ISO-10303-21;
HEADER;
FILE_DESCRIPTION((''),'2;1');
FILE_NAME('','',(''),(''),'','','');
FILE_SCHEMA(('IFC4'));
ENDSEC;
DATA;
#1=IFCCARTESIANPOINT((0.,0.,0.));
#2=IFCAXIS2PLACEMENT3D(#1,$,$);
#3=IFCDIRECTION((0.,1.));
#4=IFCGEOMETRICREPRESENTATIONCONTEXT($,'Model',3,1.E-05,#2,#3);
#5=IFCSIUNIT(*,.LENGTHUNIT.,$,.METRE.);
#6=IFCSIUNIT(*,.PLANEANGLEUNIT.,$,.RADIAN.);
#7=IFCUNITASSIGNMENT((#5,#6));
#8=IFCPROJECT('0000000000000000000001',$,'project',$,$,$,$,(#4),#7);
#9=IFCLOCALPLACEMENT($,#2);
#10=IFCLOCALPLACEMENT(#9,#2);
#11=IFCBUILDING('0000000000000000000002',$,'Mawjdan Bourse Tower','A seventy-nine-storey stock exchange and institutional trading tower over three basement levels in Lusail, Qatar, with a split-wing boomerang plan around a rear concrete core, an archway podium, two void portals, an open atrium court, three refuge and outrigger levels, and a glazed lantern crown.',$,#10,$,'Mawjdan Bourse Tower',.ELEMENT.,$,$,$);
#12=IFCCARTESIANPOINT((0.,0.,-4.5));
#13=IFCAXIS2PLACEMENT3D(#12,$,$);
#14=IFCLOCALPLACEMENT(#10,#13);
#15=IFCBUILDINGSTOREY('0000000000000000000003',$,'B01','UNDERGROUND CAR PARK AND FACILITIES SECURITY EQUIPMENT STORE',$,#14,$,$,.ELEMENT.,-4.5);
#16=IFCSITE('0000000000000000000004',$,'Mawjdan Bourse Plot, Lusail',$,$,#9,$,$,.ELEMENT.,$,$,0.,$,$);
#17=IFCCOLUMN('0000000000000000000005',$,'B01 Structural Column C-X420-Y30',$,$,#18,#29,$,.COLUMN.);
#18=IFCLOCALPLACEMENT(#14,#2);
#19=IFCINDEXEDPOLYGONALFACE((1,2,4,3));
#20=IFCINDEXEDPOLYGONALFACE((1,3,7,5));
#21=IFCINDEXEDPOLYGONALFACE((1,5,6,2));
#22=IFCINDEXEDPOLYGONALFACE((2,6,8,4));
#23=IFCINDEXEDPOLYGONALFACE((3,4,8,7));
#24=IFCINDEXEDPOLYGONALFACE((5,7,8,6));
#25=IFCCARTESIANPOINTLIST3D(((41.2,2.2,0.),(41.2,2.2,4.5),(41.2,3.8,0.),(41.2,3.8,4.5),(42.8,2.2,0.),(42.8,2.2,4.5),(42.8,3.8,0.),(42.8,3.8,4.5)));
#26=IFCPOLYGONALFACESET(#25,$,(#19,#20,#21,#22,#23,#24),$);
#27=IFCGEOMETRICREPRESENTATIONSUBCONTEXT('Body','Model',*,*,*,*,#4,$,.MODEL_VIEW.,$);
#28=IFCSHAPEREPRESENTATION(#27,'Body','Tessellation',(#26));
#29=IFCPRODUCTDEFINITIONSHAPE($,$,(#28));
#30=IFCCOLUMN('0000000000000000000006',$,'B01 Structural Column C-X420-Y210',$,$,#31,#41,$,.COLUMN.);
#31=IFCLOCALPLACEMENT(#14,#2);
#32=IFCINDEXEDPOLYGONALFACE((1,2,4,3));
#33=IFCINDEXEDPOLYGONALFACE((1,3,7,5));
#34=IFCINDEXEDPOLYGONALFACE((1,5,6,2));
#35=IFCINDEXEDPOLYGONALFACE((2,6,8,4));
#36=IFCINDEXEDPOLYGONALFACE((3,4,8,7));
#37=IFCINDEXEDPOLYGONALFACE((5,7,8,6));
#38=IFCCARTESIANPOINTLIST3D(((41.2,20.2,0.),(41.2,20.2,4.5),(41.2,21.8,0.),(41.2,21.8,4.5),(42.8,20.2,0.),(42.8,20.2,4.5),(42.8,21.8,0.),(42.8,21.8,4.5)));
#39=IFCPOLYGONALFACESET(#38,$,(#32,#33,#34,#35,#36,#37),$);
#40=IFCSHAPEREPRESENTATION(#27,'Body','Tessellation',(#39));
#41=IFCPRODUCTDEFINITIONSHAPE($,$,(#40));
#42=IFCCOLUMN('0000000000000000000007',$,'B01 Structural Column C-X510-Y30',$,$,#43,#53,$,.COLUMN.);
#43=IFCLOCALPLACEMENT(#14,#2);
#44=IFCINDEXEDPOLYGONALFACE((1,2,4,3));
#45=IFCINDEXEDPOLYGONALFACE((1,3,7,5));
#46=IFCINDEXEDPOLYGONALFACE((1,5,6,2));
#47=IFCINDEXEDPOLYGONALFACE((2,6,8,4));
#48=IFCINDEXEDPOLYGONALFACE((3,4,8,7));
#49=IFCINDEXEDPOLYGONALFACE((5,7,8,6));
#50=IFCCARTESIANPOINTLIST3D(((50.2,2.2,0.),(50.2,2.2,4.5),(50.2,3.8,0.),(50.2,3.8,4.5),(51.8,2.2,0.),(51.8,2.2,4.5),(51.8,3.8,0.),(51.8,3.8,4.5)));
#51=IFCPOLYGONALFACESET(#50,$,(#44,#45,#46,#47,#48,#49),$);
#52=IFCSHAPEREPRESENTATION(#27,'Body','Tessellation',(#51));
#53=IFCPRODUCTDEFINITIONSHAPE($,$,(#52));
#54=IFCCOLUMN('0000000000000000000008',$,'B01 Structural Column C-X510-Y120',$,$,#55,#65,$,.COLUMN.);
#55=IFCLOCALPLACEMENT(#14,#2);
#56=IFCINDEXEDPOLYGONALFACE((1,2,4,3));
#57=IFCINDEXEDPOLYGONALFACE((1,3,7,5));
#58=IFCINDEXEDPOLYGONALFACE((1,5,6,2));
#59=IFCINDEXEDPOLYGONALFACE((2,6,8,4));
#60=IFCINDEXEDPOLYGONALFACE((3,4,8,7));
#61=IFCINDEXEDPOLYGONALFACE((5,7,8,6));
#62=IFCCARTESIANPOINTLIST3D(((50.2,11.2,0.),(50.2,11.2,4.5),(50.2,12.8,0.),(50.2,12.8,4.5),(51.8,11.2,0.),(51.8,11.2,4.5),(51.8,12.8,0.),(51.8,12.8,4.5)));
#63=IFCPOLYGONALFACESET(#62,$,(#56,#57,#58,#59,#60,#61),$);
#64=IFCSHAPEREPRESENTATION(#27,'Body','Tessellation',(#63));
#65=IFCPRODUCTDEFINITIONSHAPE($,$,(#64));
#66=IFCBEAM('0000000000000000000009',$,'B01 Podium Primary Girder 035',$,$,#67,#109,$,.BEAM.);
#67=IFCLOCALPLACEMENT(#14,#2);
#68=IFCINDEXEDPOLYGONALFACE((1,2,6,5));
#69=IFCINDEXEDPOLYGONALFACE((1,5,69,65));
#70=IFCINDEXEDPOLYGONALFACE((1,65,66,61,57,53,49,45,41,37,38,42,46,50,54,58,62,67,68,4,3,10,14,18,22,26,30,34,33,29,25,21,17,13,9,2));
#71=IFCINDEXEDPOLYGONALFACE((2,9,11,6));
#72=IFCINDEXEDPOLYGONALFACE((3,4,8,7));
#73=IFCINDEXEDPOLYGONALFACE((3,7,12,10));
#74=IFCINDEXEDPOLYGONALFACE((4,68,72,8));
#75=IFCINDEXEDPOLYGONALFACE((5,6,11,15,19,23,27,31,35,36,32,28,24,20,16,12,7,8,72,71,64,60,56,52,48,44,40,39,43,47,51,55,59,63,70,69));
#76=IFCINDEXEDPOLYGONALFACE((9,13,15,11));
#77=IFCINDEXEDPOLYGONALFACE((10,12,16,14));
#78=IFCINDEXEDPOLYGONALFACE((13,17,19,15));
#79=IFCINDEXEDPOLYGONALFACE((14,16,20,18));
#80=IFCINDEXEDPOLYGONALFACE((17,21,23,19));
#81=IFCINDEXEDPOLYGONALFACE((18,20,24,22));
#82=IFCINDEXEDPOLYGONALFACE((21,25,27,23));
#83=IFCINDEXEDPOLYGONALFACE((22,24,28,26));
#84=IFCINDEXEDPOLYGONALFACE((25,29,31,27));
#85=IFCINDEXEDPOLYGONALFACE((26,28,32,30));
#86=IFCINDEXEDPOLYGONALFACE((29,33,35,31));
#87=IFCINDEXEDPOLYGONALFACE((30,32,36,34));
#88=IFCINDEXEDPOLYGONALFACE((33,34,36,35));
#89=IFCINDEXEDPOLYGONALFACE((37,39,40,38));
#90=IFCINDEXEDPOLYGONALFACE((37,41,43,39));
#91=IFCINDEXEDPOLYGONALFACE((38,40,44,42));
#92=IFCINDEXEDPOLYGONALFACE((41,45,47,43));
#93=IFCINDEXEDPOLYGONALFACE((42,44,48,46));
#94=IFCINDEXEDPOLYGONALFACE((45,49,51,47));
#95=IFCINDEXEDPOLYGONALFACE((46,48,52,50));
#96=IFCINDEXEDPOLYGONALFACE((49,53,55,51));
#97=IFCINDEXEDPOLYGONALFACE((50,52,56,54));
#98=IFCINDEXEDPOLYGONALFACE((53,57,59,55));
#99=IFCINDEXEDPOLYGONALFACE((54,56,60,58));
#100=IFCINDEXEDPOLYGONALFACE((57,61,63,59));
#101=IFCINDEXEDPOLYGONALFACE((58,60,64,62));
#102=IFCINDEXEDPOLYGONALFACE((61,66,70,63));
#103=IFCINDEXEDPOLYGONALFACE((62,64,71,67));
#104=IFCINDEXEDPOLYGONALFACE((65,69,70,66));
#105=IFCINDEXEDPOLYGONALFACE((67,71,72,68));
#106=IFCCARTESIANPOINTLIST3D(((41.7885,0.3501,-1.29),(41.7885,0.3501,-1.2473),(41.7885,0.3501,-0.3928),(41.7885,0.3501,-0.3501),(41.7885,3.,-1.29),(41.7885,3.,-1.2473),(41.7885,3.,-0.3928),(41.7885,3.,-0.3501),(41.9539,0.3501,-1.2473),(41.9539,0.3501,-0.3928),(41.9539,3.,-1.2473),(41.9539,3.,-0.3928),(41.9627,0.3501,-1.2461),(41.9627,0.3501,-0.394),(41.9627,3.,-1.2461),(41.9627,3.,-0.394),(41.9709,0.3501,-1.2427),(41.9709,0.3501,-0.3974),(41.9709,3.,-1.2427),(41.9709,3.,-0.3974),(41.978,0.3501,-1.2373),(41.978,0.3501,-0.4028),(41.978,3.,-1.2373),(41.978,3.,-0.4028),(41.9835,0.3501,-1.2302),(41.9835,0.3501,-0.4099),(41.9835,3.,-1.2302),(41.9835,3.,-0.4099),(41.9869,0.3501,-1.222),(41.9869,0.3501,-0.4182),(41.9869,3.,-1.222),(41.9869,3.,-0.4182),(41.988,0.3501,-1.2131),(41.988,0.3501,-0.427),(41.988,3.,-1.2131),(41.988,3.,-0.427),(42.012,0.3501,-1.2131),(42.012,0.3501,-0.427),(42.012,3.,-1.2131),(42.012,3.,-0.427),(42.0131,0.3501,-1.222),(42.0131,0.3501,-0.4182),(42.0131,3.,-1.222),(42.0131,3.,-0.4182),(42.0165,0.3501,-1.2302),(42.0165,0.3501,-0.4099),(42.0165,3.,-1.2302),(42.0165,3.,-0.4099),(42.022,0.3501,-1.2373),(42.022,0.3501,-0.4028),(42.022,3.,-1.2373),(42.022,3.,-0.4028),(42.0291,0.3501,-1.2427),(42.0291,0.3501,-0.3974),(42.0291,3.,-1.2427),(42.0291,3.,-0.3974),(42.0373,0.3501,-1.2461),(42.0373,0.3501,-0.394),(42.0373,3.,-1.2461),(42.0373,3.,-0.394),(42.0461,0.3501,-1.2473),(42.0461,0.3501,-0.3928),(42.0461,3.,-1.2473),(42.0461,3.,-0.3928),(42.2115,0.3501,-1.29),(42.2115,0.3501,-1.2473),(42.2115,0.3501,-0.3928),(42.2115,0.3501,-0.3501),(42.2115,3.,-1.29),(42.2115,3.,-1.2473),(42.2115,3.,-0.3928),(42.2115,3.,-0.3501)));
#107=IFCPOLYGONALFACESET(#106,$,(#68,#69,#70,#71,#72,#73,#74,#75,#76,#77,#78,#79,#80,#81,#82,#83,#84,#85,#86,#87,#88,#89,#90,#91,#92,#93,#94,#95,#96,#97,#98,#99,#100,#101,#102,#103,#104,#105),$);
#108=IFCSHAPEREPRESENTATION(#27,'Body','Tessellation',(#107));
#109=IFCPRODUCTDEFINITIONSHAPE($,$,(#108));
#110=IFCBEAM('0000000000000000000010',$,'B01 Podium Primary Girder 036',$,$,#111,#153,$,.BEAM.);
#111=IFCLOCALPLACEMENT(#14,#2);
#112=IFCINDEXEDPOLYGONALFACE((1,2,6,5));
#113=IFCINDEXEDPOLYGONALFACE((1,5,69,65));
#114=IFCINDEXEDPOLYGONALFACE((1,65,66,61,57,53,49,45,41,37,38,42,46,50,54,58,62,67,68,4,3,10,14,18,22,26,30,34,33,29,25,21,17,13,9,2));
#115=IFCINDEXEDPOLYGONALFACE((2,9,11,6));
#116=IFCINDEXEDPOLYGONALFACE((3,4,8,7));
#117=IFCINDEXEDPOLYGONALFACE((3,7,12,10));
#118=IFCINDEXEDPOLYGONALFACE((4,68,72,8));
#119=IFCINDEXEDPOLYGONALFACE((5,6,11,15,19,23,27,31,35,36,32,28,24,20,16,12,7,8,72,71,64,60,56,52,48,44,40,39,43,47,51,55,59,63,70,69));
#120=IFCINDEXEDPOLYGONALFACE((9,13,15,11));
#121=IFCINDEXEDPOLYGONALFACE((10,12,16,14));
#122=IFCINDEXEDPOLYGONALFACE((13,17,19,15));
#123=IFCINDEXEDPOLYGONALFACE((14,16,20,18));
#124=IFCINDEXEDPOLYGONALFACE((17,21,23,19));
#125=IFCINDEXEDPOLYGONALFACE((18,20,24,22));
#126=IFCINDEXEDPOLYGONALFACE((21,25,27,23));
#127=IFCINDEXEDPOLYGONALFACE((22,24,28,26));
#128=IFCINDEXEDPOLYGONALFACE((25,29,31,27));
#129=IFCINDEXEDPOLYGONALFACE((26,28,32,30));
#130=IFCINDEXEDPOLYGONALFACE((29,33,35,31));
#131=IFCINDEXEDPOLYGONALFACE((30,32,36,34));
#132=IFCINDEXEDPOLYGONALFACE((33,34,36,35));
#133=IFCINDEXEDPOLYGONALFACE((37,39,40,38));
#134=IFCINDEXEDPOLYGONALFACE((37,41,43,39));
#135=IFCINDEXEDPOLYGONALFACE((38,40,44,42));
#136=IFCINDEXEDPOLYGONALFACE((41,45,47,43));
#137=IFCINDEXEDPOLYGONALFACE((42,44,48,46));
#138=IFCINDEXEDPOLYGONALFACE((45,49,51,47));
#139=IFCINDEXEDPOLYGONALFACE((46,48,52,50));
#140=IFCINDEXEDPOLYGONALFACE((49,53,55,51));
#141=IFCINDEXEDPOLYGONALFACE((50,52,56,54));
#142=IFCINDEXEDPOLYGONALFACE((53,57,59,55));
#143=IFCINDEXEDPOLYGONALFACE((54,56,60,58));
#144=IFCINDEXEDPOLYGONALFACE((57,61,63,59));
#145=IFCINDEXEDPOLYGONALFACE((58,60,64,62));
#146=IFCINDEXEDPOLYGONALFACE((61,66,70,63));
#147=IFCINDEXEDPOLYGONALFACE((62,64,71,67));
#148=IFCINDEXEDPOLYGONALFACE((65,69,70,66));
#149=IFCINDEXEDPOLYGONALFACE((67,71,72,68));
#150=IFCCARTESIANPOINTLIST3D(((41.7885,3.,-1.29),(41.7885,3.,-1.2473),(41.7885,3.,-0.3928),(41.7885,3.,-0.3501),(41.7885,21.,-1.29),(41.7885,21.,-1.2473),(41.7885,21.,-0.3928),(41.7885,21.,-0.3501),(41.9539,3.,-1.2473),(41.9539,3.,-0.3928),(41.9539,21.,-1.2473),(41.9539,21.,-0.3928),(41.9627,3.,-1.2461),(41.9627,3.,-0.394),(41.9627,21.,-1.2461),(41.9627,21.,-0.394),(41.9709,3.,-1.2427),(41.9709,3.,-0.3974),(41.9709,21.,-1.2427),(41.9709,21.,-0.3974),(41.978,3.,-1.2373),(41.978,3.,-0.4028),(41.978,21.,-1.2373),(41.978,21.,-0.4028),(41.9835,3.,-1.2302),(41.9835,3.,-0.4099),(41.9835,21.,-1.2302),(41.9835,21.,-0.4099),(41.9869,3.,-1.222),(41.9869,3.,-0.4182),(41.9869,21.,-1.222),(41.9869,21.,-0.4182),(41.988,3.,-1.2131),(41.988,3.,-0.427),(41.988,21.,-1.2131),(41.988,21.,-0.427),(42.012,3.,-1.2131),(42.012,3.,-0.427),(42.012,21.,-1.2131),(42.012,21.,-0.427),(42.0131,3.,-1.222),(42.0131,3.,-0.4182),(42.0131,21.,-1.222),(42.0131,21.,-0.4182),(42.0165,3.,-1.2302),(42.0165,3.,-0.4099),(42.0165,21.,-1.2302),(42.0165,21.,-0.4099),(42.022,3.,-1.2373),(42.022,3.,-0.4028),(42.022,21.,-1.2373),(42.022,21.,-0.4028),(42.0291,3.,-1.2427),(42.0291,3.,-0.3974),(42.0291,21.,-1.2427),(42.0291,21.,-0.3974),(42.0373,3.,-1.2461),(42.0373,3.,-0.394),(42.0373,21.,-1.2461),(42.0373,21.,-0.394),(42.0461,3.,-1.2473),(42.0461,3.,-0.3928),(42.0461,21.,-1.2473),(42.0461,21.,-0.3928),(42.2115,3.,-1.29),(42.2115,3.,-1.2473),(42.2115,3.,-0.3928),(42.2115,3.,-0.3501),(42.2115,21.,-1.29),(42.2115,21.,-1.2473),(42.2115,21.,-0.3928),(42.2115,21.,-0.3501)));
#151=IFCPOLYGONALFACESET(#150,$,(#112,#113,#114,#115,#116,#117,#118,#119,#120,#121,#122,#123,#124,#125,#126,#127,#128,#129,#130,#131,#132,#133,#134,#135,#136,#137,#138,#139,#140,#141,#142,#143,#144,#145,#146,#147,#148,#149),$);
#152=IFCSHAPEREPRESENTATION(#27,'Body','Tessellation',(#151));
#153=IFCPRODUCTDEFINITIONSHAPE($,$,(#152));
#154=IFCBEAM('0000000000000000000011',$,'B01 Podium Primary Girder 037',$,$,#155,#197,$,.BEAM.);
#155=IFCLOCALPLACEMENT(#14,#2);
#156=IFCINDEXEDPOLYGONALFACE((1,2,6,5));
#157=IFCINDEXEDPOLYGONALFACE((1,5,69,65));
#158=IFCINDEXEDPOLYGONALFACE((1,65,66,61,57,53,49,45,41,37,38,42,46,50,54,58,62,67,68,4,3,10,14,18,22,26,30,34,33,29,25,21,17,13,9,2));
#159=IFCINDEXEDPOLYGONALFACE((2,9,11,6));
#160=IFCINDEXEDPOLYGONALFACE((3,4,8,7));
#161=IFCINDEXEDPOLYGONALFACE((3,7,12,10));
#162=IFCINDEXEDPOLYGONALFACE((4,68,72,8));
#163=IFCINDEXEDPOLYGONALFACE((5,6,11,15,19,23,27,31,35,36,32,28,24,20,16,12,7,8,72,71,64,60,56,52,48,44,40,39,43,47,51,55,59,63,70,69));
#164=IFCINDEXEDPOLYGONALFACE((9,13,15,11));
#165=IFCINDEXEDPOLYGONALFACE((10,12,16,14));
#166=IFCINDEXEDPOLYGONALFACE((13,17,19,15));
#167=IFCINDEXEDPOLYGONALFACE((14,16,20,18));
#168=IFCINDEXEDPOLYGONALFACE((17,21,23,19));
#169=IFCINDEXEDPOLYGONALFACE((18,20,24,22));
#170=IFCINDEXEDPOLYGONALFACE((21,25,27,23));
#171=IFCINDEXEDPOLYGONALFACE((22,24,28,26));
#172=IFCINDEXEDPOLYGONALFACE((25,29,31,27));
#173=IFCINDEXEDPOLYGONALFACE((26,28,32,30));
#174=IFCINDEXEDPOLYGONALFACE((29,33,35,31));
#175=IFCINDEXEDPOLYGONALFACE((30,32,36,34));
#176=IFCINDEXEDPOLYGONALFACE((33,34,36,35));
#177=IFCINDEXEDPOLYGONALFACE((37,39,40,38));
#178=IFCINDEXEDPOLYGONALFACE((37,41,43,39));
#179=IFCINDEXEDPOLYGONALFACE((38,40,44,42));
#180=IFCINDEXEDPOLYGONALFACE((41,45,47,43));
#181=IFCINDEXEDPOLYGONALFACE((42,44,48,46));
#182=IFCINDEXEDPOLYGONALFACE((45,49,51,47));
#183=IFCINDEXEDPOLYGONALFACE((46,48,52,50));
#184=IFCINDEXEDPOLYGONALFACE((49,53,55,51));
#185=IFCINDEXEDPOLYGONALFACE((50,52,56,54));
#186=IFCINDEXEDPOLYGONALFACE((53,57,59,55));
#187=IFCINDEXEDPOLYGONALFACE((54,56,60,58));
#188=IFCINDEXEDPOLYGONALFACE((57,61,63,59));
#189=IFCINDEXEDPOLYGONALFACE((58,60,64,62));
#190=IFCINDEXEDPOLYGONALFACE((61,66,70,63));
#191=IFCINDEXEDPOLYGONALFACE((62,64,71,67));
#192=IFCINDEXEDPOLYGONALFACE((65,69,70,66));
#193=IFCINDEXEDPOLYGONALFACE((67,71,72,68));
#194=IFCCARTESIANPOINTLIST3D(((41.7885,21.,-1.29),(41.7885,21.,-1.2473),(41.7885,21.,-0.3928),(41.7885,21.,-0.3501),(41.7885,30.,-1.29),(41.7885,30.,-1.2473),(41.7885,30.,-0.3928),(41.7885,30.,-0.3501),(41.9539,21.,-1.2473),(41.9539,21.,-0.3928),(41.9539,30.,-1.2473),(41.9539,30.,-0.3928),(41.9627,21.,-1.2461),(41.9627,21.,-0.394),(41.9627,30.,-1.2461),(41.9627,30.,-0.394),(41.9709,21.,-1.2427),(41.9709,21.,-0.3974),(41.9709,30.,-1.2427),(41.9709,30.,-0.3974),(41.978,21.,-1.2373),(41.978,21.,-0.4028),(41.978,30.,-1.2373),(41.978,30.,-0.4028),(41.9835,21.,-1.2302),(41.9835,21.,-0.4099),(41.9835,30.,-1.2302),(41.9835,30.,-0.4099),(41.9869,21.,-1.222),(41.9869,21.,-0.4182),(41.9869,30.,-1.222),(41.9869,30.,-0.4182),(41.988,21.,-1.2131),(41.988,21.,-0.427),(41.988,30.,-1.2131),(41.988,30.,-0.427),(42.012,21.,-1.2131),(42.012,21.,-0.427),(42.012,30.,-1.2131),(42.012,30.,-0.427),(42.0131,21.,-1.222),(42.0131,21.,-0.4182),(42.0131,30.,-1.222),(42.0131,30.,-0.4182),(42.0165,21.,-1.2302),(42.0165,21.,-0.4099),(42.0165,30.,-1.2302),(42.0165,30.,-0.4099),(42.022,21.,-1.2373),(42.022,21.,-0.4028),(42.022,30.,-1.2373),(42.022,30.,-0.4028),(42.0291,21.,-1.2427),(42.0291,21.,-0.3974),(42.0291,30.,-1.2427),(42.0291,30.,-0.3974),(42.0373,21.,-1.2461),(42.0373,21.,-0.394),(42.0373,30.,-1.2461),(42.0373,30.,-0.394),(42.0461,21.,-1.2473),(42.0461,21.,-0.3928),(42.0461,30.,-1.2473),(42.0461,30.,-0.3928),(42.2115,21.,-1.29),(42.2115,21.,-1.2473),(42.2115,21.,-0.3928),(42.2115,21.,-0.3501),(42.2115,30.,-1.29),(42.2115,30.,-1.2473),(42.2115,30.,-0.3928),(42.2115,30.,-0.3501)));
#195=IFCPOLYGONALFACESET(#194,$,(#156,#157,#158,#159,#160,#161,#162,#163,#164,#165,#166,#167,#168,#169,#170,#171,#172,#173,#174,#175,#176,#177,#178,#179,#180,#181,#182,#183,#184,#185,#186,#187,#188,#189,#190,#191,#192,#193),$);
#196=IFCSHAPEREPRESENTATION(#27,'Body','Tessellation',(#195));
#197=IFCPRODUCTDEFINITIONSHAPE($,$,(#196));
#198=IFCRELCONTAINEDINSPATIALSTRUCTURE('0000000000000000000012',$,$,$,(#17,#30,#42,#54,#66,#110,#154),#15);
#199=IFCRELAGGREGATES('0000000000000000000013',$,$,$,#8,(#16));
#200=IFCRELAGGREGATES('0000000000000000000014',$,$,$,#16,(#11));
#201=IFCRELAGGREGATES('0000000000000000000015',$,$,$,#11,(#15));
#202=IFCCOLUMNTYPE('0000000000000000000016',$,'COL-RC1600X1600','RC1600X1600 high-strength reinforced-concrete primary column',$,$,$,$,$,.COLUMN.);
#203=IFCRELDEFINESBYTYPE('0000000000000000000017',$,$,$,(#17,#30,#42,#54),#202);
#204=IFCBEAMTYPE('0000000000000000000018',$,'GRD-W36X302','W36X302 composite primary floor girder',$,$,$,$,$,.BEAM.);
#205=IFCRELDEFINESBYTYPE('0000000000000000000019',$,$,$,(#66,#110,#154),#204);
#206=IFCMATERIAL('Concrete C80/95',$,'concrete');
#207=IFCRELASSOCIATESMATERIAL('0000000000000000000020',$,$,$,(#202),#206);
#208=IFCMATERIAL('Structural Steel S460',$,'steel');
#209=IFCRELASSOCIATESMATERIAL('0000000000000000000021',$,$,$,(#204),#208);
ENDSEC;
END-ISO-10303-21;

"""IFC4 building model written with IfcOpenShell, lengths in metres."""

from ifc_helpers import new_model, si_unit, direction, frame, origin, origin_2d, place, context, subcontext, project, spatial, rectangle, i_section, extrude, material, material_profile, profile_set, type_object, element, save


model = new_model("IFC4")

# Units and contexts
model_context = context("Model", 3, precision=1e-05, world=origin(), true_north=direction((0.0, 1.0)))
body_context = subcontext(model_context, "Body", "Model", "MODEL_VIEW")
ifc_project = project(units=[si_unit("LENGTHUNIT", "METRE"), si_unit("PLANEANGLEUNIT", "RADIAN")], contexts=[model_context])

# Site, building, storey
site_placement = place(None, origin())
site = spatial("IfcSite", under=ifc_project, at=site_placement, Name="Mawjdan Bourse Plot, Lusail", CompositionType="ELEMENT", RefElevation=0.0)
building_placement = place(site_placement, origin())
building = spatial("IfcBuilding", under=site, at=building_placement, Name="Mawjdan Bourse Tower", Description="A seventy-nine-storey stock exchange and institutional trading tower over three basement levels in Lusail, Qatar, with a split-wing boomerang plan around a rear concrete core, an archway podium, two void portals, an open atrium court, three refuge and outrigger levels, and a glazed lantern crown.", LongName="Mawjdan Bourse Tower", CompositionType="ELEMENT")
storey_placement = place(building_placement, frame((0.0, 0.0, -4.5)))
storey = spatial("IfcBuildingStorey", under=building, at=storey_placement, Name="B01", Description="UNDERGROUND CAR PARK AND FACILITIES SECURITY EQUIPMENT STORE", CompositionType="ELEMENT", Elevation=-4.5)

# Columns
ifc_material_1 = material(Name="Concrete C80/95", Category="concrete")
ifc_material_profile_1 = material_profile(ifc_material_1, rectangle(XDim=1.6001, YDim=1.6001, at=origin_2d()), Name="RC1600X1600")
ifc_profile_set_1 = profile_set([ifc_material_profile_1], Name="Concrete C80/95")
column_type = type_object("IfcColumnType", Name="COL-RC1600X1600", Description="RC1600X1600 high-strength reinforced-concrete primary column", PredefinedType="COLUMN", material=ifc_profile_set_1)
for number, where, z_axis, x_axis, name in (
    (1, (42.0, 3.0, 0.0), (0.0, 0.0, 1.0), (1.0, 0.0, 0.0), "B01 Structural Column C-X420-Y30"),
    (2, (42.0, 21.0, 0.0), (0.0, 0.0, 1.0), (1.0, 0.0, 0.0), "B01 Structural Column C-X420-Y210"),
    (3, (51.0, 3.0, 0.0), (0.0, 0.0, 1.0), (1.0, 0.0, 0.0), "B01 Structural Column C-X510-Y30"),
    (4, (51.0, 12.0, 0.0), (0.0, 0.0, 1.0), (1.0, 0.0, 0.0), "B01 Structural Column C-X510-Y120"),
):
    element("IfcColumn", number, at=place(storey_placement, frame(where, z_axis=z_axis, x_axis=x_axis)), inside=storey, type_object=column_type, Name=name, PredefinedType="COLUMN", context=body_context, shape_type="SweptSolid", body=[
        extrude(rectangle(XDim=1.6001, YDim=1.6001, at=origin_2d()), origin(), (0.0, 0.0, 1.0), 4.5),
    ])

# Beams
ifc_material_2 = material(Name="Structural Steel S460", Category="steel")
ifc_material_profile_2 = material_profile(ifc_material_2, i_section(OverallWidth=0.4231, OverallDepth=0.9399, WebThickness=0.0239, FlangeThickness=0.0427, FilletRadius=0.0342, at=origin_2d()), Name="W36X302")
ifc_profile_set_2 = profile_set([ifc_material_profile_2], Name="Structural Steel S460")
beam_type_1 = type_object("IfcBeamType", Name="GRD-W36X302", Description="W36X302 composite primary floor girder", PredefinedType="BEAM", material=ifc_profile_set_2)
beam_1_placement = place(storey_placement, frame((42.0, 0.3501, -0.8201), z_axis=(0.0, 1.0, 0.0), x_axis=(-1.0, 0.0, 0.0)))
element("IfcBeam", 5, at=beam_1_placement, inside=storey, type_object=beam_type_1, Name="B01 Podium Primary Girder 035", PredefinedType="BEAM", context=body_context, shape_type="SweptSolid", body=[
    extrude(i_section(OverallWidth=0.4231, OverallDepth=0.9399, WebThickness=0.0239, FlangeThickness=0.0427, FilletRadius=0.0342, at=origin_2d()), origin(), (0.0, 0.0, 1.0), 2.6499),
])
beam_2_placement = place(storey_placement, frame((42.0, 3.0, -0.8201), z_axis=(0.0, 1.0, 0.0), x_axis=(-1.0, 0.0, 0.0)))
element("IfcBeam", 6, at=beam_2_placement, inside=storey, type_object=beam_type_1, Name="B01 Podium Primary Girder 036", PredefinedType="BEAM", context=body_context, shape_type="SweptSolid", body=[
    extrude(i_section(OverallWidth=0.4231, OverallDepth=0.9399, WebThickness=0.0239, FlangeThickness=0.0427, FilletRadius=0.0342, at=origin_2d()), origin(), (0.0, 0.0, 1.0), 18.0),
])
beam_3_placement = place(storey_placement, frame((42.0, 21.0, -0.8201), z_axis=(0.0, 1.0, 0.0), x_axis=(-1.0, 0.0, 0.0)))
element("IfcBeam", 7, at=beam_3_placement, inside=storey, type_object=beam_type_1, Name="B01 Podium Primary Girder 037", PredefinedType="BEAM", context=body_context, shape_type="SweptSolid", body=[
    extrude(i_section(OverallWidth=0.4231, OverallDepth=0.9399, WebThickness=0.0239, FlangeThickness=0.0427, FilletRadius=0.0342, at=origin_2d()), origin(), (0.0, 0.0, 1.0), 9.0),
])

save(model, "model.ifc")
